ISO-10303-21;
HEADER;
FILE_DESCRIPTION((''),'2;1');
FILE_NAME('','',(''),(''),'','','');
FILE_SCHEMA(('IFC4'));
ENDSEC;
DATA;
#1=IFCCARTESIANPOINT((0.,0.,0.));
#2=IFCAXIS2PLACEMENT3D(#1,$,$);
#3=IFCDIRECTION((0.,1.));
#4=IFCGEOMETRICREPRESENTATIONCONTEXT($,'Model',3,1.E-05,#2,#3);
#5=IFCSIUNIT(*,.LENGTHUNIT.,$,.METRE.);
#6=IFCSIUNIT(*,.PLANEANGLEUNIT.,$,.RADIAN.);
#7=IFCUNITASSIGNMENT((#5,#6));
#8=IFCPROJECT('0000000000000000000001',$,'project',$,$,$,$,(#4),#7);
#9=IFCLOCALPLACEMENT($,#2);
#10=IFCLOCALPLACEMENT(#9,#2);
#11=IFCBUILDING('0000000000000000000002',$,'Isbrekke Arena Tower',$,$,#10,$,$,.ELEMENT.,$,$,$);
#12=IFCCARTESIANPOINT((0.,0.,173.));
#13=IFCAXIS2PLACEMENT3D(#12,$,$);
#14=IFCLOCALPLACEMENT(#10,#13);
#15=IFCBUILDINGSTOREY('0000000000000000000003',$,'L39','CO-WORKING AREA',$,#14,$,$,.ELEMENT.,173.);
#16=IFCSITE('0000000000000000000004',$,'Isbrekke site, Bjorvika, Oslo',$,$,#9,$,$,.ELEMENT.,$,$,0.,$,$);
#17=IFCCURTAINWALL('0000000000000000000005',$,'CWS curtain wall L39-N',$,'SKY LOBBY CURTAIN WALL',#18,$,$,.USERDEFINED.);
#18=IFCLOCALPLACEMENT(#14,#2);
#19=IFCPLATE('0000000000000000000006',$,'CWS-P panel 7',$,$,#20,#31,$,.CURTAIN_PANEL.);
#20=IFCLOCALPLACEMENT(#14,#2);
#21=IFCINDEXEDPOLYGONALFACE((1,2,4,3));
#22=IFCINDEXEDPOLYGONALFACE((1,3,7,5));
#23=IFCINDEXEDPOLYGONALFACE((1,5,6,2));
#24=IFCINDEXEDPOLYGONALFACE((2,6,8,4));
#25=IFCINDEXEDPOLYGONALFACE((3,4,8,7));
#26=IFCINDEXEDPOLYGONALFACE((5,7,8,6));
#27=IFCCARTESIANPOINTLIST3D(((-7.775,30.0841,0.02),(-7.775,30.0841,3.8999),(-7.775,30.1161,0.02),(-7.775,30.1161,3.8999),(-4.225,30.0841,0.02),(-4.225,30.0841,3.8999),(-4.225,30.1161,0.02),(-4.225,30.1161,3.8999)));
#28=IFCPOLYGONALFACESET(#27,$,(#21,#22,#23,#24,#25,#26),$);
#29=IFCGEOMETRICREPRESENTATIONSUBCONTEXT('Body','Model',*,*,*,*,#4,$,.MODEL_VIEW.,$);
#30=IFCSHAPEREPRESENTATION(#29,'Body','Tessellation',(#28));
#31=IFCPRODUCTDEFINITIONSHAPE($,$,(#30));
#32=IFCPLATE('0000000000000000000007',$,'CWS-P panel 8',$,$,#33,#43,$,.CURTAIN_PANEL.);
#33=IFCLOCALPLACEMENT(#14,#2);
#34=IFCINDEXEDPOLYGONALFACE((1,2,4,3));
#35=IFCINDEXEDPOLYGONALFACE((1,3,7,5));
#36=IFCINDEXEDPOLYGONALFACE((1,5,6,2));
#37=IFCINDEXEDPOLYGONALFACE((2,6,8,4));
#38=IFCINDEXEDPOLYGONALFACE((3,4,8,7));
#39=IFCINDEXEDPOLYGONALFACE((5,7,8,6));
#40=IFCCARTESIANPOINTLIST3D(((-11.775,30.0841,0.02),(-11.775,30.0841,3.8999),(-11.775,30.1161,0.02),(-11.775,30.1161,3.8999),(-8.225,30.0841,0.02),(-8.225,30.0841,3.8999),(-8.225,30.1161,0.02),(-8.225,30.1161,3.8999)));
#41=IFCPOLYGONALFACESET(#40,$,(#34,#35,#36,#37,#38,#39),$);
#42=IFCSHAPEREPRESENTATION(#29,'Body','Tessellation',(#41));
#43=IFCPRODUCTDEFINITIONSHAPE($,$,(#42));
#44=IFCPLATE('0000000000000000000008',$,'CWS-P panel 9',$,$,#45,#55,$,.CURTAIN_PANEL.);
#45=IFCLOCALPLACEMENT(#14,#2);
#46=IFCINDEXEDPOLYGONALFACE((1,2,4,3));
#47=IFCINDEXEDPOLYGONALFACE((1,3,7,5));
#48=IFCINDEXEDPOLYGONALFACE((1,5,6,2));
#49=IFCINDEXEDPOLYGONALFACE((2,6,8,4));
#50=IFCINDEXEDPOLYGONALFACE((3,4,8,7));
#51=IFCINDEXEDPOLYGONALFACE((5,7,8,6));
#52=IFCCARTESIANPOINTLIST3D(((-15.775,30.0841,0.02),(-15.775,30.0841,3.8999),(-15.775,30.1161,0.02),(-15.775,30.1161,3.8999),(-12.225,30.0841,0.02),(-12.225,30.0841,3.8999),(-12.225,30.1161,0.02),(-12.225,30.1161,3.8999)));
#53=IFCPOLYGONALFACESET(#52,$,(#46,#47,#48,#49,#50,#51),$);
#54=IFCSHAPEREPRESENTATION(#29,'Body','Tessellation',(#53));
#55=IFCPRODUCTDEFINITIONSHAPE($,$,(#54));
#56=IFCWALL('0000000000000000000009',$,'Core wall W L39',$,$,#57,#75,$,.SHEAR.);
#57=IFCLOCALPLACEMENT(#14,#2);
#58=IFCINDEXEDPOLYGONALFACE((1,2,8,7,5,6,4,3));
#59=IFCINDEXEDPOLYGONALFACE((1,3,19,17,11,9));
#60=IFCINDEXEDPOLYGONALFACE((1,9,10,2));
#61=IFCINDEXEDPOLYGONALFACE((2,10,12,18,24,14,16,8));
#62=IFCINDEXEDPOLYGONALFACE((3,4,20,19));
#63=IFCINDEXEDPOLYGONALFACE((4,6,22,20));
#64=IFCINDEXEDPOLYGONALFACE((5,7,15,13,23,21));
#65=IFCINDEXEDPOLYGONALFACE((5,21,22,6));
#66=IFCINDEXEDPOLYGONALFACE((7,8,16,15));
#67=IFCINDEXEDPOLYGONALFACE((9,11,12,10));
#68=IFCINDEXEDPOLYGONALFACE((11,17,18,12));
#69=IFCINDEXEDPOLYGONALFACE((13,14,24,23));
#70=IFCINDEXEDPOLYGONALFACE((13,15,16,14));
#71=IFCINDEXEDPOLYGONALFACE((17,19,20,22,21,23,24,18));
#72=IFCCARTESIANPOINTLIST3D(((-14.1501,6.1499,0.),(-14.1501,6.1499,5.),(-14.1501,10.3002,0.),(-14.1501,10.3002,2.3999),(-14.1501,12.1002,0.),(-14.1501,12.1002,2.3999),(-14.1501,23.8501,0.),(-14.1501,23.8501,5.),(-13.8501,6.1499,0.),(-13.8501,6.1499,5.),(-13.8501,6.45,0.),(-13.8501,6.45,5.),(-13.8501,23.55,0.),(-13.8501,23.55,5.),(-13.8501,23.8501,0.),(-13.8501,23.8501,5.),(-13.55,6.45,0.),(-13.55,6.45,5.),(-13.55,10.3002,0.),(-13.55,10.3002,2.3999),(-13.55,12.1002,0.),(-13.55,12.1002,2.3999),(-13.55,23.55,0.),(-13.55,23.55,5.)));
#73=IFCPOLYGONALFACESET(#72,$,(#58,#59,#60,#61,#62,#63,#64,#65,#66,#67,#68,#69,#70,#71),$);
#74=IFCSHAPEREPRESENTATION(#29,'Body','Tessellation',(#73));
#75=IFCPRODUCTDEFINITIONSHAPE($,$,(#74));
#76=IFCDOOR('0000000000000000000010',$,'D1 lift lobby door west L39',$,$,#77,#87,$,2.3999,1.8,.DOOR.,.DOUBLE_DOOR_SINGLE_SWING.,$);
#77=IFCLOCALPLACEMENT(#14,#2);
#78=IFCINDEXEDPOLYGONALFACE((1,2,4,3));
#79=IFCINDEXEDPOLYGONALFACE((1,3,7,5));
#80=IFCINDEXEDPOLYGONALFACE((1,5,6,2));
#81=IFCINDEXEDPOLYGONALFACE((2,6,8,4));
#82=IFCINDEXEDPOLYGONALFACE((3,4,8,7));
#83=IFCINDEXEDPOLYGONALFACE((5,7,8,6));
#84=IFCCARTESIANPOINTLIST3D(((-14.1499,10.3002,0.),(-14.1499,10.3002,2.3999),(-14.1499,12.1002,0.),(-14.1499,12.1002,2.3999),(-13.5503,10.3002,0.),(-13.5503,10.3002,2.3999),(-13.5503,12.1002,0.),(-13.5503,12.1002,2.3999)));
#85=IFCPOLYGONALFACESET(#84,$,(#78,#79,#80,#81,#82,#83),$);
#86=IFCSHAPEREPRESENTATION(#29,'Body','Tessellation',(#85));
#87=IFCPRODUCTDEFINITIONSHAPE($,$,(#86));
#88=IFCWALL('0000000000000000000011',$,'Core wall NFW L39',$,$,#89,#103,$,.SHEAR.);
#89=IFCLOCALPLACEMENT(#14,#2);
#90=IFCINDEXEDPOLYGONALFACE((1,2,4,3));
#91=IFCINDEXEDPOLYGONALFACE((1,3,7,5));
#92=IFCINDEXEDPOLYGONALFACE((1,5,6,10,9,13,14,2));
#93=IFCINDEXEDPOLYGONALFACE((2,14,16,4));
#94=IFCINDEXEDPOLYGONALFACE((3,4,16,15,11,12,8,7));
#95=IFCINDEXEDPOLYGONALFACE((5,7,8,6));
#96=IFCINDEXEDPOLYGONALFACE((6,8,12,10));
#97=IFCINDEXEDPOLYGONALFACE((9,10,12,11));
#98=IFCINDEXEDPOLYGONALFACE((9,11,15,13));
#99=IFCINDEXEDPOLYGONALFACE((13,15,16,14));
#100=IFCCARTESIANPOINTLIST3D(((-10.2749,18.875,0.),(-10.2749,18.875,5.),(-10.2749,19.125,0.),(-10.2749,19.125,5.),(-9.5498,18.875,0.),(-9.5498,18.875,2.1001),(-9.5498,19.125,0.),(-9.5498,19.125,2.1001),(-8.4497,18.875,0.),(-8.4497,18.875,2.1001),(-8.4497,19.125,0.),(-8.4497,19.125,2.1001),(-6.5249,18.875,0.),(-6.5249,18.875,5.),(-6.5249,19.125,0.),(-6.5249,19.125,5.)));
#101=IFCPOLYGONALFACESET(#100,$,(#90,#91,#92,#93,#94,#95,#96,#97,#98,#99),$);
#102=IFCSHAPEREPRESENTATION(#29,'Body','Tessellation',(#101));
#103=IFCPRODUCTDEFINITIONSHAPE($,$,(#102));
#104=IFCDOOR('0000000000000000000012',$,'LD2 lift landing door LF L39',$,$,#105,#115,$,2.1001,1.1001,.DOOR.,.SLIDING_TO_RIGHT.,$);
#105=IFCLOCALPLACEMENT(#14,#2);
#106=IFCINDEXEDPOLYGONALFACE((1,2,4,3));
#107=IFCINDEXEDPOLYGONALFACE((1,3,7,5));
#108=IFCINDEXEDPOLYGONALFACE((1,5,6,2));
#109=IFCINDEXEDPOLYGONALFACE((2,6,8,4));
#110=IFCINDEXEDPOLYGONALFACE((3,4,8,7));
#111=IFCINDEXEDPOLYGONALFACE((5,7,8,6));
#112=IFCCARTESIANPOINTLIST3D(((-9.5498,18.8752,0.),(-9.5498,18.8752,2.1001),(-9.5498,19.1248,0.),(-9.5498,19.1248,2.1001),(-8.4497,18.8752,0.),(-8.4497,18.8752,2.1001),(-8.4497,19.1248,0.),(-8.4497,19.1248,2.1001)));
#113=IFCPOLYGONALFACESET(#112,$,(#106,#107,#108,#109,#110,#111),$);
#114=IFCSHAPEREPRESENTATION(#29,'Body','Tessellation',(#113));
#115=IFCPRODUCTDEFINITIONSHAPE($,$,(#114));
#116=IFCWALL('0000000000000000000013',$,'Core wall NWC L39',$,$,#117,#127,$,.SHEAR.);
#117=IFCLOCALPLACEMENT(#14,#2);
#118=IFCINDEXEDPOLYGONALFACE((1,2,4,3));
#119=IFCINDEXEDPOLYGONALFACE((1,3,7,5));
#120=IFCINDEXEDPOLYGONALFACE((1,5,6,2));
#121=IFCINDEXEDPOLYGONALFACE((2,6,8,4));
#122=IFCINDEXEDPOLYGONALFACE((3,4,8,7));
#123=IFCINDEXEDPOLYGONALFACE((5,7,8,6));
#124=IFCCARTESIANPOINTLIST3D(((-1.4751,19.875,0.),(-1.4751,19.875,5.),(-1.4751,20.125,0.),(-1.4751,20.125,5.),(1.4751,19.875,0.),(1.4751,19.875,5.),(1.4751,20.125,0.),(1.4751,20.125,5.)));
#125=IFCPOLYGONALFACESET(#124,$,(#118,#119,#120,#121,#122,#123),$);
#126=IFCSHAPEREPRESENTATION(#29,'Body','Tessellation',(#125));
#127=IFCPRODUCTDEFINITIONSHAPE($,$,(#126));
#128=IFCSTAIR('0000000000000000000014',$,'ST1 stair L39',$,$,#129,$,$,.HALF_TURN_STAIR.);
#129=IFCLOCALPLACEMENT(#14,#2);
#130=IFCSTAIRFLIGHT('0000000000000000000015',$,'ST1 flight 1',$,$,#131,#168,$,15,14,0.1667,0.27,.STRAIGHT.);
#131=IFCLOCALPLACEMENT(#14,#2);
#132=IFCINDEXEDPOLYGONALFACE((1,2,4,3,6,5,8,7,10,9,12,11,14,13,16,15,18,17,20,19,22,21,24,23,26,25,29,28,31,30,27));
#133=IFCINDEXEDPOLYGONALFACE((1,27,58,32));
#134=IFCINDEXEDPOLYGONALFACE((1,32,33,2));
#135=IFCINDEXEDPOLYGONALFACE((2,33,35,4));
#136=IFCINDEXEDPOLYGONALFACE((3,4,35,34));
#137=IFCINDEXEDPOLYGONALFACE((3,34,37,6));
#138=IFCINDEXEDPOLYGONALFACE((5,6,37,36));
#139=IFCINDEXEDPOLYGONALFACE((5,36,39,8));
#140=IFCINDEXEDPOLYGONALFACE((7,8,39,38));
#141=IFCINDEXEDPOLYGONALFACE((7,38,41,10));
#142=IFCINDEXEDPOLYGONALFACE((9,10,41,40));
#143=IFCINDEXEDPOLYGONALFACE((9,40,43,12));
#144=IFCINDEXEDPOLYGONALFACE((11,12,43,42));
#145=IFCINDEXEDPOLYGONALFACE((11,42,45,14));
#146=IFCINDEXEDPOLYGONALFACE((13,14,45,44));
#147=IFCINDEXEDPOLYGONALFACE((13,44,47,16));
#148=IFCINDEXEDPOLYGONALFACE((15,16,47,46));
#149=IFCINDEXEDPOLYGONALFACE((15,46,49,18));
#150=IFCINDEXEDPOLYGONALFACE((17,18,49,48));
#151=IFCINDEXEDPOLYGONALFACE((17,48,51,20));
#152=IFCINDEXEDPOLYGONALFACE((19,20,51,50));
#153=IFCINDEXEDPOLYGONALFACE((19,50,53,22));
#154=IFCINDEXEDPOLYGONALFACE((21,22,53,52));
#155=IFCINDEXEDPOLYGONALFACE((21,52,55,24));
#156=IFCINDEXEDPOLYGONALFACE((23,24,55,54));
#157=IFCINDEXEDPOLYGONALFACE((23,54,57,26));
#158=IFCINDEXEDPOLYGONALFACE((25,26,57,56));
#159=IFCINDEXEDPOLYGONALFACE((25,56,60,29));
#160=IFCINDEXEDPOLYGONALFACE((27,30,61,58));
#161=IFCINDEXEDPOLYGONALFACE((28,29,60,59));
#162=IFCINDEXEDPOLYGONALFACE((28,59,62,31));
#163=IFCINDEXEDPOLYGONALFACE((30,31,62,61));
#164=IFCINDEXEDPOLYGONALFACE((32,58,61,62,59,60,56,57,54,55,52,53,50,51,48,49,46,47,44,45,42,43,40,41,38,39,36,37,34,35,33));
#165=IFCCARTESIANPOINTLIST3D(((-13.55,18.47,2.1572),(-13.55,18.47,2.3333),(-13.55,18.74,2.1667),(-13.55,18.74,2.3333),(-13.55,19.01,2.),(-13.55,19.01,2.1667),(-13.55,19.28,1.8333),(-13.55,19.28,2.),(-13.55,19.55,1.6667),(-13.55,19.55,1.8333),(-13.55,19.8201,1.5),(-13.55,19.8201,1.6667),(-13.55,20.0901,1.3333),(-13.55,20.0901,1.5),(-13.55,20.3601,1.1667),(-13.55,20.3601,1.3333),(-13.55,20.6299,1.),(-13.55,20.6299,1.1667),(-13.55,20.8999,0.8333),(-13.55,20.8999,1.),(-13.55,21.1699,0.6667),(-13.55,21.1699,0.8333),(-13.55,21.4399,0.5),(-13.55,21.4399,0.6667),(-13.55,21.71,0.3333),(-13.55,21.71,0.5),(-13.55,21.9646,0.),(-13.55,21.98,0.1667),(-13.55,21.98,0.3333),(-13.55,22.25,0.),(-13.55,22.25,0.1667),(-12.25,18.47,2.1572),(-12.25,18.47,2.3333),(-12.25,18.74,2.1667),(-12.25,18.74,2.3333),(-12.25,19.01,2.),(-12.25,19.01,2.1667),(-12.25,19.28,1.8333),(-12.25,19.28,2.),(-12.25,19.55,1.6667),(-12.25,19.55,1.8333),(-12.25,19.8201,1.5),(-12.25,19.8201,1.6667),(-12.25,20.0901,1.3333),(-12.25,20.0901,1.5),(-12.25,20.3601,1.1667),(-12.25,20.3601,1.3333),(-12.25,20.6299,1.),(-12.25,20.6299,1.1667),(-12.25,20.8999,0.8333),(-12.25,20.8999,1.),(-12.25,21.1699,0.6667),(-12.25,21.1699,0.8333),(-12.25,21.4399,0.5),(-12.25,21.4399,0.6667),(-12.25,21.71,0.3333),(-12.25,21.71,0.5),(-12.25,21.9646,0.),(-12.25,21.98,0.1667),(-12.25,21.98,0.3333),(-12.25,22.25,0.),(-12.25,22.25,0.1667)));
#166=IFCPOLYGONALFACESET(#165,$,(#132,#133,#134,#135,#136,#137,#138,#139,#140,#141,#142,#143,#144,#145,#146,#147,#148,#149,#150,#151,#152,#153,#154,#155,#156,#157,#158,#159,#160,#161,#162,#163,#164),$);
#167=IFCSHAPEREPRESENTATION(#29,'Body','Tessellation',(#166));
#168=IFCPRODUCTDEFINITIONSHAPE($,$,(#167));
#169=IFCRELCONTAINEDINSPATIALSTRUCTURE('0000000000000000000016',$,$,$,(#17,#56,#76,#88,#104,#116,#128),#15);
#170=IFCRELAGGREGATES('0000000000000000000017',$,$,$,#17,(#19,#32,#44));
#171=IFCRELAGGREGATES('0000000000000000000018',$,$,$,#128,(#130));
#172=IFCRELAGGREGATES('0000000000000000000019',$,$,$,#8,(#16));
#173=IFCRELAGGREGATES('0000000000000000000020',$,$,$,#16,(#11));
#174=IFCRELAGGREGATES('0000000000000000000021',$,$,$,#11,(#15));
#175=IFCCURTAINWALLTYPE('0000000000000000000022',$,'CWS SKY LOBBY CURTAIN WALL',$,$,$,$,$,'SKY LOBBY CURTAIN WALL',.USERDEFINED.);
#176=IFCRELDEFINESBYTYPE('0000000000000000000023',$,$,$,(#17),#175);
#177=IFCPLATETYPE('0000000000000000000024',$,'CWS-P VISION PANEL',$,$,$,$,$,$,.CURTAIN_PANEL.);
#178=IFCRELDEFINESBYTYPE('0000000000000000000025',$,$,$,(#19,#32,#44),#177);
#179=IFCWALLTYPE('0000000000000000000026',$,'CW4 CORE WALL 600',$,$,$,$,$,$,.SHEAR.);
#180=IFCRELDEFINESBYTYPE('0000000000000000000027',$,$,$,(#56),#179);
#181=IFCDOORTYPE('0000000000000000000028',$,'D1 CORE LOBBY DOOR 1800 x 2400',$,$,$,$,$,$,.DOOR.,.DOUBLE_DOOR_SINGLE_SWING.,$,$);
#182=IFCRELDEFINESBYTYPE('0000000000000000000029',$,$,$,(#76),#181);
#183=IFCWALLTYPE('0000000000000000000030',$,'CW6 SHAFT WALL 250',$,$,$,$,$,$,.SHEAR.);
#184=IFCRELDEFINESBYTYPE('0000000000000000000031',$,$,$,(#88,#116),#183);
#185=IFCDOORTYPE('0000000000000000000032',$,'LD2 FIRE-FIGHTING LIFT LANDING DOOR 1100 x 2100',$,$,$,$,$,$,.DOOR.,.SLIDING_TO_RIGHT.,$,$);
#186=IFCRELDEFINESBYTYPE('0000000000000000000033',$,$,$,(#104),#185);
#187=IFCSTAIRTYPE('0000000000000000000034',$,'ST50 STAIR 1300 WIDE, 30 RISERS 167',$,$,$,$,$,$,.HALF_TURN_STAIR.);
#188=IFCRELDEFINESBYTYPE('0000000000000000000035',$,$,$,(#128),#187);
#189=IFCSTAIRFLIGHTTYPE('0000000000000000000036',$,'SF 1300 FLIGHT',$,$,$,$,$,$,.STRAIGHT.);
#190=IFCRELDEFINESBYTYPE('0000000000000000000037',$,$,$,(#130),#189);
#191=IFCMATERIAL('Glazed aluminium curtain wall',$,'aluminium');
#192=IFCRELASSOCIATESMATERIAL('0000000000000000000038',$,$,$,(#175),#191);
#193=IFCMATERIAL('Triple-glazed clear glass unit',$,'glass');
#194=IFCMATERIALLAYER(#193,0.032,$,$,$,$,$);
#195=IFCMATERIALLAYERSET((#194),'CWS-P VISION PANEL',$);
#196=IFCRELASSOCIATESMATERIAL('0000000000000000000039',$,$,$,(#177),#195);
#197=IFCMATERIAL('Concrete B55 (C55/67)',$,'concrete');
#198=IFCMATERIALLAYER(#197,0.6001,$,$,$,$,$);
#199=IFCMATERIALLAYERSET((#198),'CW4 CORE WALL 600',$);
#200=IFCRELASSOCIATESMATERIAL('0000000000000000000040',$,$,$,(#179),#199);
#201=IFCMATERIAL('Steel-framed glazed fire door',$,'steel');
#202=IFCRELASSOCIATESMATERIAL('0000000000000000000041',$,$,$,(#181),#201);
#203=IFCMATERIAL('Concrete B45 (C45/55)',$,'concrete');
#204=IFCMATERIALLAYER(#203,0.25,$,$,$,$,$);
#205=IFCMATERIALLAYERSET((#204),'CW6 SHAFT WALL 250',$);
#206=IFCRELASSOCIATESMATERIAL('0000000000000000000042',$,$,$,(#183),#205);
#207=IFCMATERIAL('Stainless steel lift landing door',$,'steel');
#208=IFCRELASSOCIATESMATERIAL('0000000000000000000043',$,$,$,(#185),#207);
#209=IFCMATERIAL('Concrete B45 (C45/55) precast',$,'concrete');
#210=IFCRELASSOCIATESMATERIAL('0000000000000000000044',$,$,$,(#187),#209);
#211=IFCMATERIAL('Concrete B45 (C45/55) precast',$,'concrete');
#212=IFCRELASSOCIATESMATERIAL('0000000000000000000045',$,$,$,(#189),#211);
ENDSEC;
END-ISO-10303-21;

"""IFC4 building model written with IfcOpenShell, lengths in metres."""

from ifc_helpers import new_model, si_unit, direction, frame, frame_2d, origin, origin_2d, place, context, subcontext, project, spatial, polyline, rectangle, outline, extrude, material, layer, layer_set, type_object, element, fill, aggregate, save


model = new_model("IFC4")

# Units and contexts
model_context = context("Model", 3, precision=1e-05, world=origin(), true_north=direction((0.0, 1.0)))
body_context = subcontext(model_context, "Body", "Model", "MODEL_VIEW")
ifc_project = project(units=[si_unit("LENGTHUNIT", "METRE"), si_unit("PLANEANGLEUNIT", "RADIAN")], contexts=[model_context])

# Site, building, storey
site_placement = place(None, origin())
site = spatial("IfcSite", under=ifc_project, at=site_placement, Name="Isbrekke site, Bjorvika, Oslo", CompositionType="ELEMENT", RefElevation=0.0)
building_placement = place(site_placement, origin())
building = spatial("IfcBuilding", under=site, at=building_placement, Name="Isbrekke Arena Tower", CompositionType="ELEMENT")
storey_placement = place(building_placement, frame((0.0, 0.0, 173.0)))
storey = spatial("IfcBuildingStorey", under=building, at=storey_placement, Name="L39", Description="CO-WORKING AREA", CompositionType="ELEMENT", Elevation=173.0)

# Curtain wall
ifc_material_1 = material(Name="Glazed aluminium curtain wall", Category="aluminium")
curtain_wall_type = type_object("IfcCurtainWallType", Name="CWS SKY LOBBY CURTAIN WALL", ElementType="SKY LOBBY CURTAIN WALL", PredefinedType="USERDEFINED", material=ifc_material_1)
curtain_wall_placement = place(storey_placement, origin())
curtain_wall = element("IfcCurtainWall", 1, at=curtain_wall_placement, inside=storey, type_object=curtain_wall_type, Name="CWS curtain wall L39-N", ObjectType="SKY LOBBY CURTAIN WALL", PredefinedType="USERDEFINED")

# Plates
ifc_material_2 = material(Name="Triple-glazed clear glass unit", Category="glass")
ifc_layer_1 = layer(ifc_material_2, 0.032)
ifc_layer_set_1 = layer_set([ifc_layer_1], Name="CWS-P VISION PANEL")
plate_type = type_object("IfcPlateType", Name="CWS-P VISION PANEL", PredefinedType="CURTAIN_PANEL", material=ifc_layer_set_1)
plate_1_placement = place(storey_placement, frame((-6.0, 30.1001, 0.02), z_axis=(0.0, 0.0, 1.0), x_axis=(-1.0, 0.0, 0.0)))
plate_1 = element("IfcPlate", 2, at=plate_1_placement, type_object=plate_type, Name="CWS-P panel 7", PredefinedType="CURTAIN_PANEL", context=body_context, shape_type="SweptSolid", body=[
    extrude(rectangle(XDim=3.55, YDim=0.032, at=origin_2d()), origin(), (0.0, 0.0, 1.0), 3.8799),
])
plate_2_placement = place(storey_placement, frame((-10.0, 30.1001, 0.02), z_axis=(0.0, 0.0, 1.0), x_axis=(-1.0, 0.0, 0.0)))
plate_2 = element("IfcPlate", 3, at=plate_2_placement, type_object=plate_type, Name="CWS-P panel 8", PredefinedType="CURTAIN_PANEL", context=body_context, shape_type="SweptSolid", body=[
    extrude(rectangle(XDim=3.55, YDim=0.032, at=origin_2d()), origin(), (0.0, 0.0, 1.0), 3.8799),
])
plate_3_placement = place(storey_placement, frame((-14.0, 30.1001, 0.02), z_axis=(0.0, 0.0, 1.0), x_axis=(-1.0, 0.0, 0.0)))
plate_3 = element("IfcPlate", 4, at=plate_3_placement, type_object=plate_type, Name="CWS-P panel 9", PredefinedType="CURTAIN_PANEL", context=body_context, shape_type="SweptSolid", body=[
    extrude(rectangle(XDim=3.55, YDim=0.032, at=origin_2d()), origin(), (0.0, 0.0, 1.0), 3.8799),
])
aggregate(curtain_wall, [plate_1, plate_2, plate_3])

# Walls, openings, doors
ifc_material_3 = material(Name="Concrete B55 (C55/67)", Category="concrete")
ifc_layer_2 = layer(ifc_material_3, 0.6001)
ifc_layer_set_2 = layer_set([ifc_layer_2], Name="CW4 CORE WALL 600")
wall_type_1 = type_object("IfcWallType", Name="CW4 CORE WALL 600", PredefinedType="SHEAR", material=ifc_layer_set_2)
wall_1_placement = place(storey_placement, frame((-13.8501, 23.8501, 0.0), z_axis=(0.0, 0.0, 1.0), x_axis=(0.0, -1.0, 0.0)))
wall_1 = element("IfcWall", 5, at=wall_1_placement, inside=storey, type_object=wall_type_1, Name="Core wall W L39", PredefinedType="SHEAR", context=body_context, shape_type="SweptSolid", body=[
    extrude(outline(polyline([(0.0, -0.3), (17.7002, -0.3), (17.7002, 0.0), (17.4001, 0.0), (17.4001, 0.3), (0.3, 0.3), (0.3, 0.0), (0.0, 0.0), (0.0, -0.3)])), origin(), (0.0, 0.0, 1.0), 5.0),
])
opening_1_placement = place(wall_1_placement, frame((11.75, 0.0, 0.0)))
opening_1 = element("IfcOpeningElement", 6, at=opening_1_placement, cuts=wall_1, PredefinedType="OPENING", context=body_context, shape_type="SweptSolid", body=[
    extrude(rectangle(XDim=1.8, YDim=2.3999, at=frame_2d((0.8999, 1.2))), frame((0.0, 0.3149, 0.0), z_axis=(0.0, -1.0, 0.0), x_axis=(1.0, 0.0, 0.0)), (0.0, 0.0, 1.0), 0.6299),
])
ifc_material_4 = material(Name="Steel-framed glazed fire door", Category="steel")
door_type_1 = type_object("IfcDoorType", Name="D1 CORE LOBBY DOOR 1800 x 2400", OperationType="DOUBLE_DOOR_SINGLE_SWING", PredefinedType="DOOR", material=ifc_material_4)
door_1_placement = place(opening_1_placement, origin())
door_1 = element("IfcDoor", 7, at=door_1_placement, inside=storey, type_object=door_type_1, Name="D1 lift lobby door west L39", OperationType="DOUBLE_DOOR_SINGLE_SWING", OverallHeight=2.3999, OverallWidth=1.8, PredefinedType="DOOR", context=body_context, shape_type="SweptSolid", body=[
    extrude(rectangle(XDim=1.8, YDim=2.3999, at=frame_2d((0.8999, 1.2))), frame((0.0, 0.2998, 0.0), z_axis=(0.0, -1.0, 0.0), x_axis=(1.0, 0.0, 0.0)), (0.0, 0.0, 1.0), 0.5996),
])
fill(opening_1, door_1)
ifc_material_5 = material(Name="Concrete B45 (C45/55)", Category="concrete")
ifc_layer_3 = layer(ifc_material_5, 0.25)
ifc_layer_set_3 = layer_set([ifc_layer_3], Name="CW6 SHAFT WALL 250")
wall_type_2 = type_object("IfcWallType", Name="CW6 SHAFT WALL 250", PredefinedType="SHEAR", material=ifc_layer_set_3)
wall_2_placement = place(storey_placement, frame((-10.2749, 19.0, 0.0), z_axis=(0.0, 0.0, 1.0), x_axis=(1.0, 0.0, 0.0)))
wall_2 = element("IfcWall", 8, at=wall_2_placement, inside=storey, type_object=wall_type_2, Name="Core wall NFW L39", PredefinedType="SHEAR", context=body_context, shape_type="SweptSolid", body=[
    extrude(rectangle(XDim=3.75, YDim=0.25, at=frame_2d((1.875, 0.0))), origin(), (0.0, 0.0, 1.0), 5.0),
])
opening_2_placement = place(wall_2_placement, frame((0.7251, 0.0, 0.0)))
opening_2 = element("IfcOpeningElement", 9, at=opening_2_placement, cuts=wall_2, PredefinedType="OPENING", context=body_context, shape_type="SweptSolid", body=[
    extrude(rectangle(XDim=1.1001, YDim=2.1001, at=frame_2d((0.55, 1.05))), frame((0.0, 0.1399, 0.0), z_axis=(0.0, -1.0, 0.0), x_axis=(1.0, 0.0, 0.0)), (0.0, 0.0, 1.0), 0.2798),
])
ifc_material_6 = material(Name="Stainless steel lift landing door", Category="steel")
door_type_2 = type_object("IfcDoorType", Name="LD2 FIRE-FIGHTING LIFT LANDING DOOR 1100 x 2100", OperationType="SLIDING_TO_RIGHT", PredefinedType="DOOR", material=ifc_material_6)
door_2_placement = place(opening_2_placement, origin())
door_2 = element("IfcDoor", 10, at=door_2_placement, inside=storey, type_object=door_type_2, Name="LD2 lift landing door LF L39", OperationType="SLIDING_TO_RIGHT", OverallHeight=2.1001, OverallWidth=1.1001, PredefinedType="DOOR", context=body_context, shape_type="SweptSolid", body=[
    extrude(rectangle(XDim=1.1001, YDim=2.1001, at=frame_2d((0.55, 1.05))), frame((0.0, 0.1248, 0.0), z_axis=(0.0, -1.0, 0.0), x_axis=(1.0, 0.0, 0.0)), (0.0, 0.0, 1.0), 0.2495),
])
fill(opening_2, door_2)

# Wall
wall_3_placement = place(storey_placement, frame((-1.4751, 20.0, 0.0), z_axis=(0.0, 0.0, 1.0), x_axis=(1.0, 0.0, 0.0)))
element("IfcWall", 11, at=wall_3_placement, inside=storey, type_object=wall_type_2, Name="Core wall NWC L39", PredefinedType="SHEAR", context=body_context, shape_type="SweptSolid", body=[
    extrude(rectangle(XDim=2.9502, YDim=0.25, at=frame_2d((1.4751, 0.0))), origin(), (0.0, 0.0, 1.0), 5.0),
])

# Stair, stair flight
ifc_material_7 = material(Name="Concrete B45 (C45/55) precast", Category="concrete")
stair_type = type_object("IfcStairType", Name="ST50 STAIR 1300 WIDE, 30 RISERS 167", PredefinedType="HALF_TURN_STAIR", material=ifc_material_7)
stair_placement = place(storey_placement, origin())
stair = element("IfcStair", 12, at=stair_placement, inside=storey, type_object=stair_type, Name="ST1 stair L39", PredefinedType="HALF_TURN_STAIR")
ifc_material_8 = material(Name="Concrete B45 (C45/55) precast", Category="concrete")
stair_flight_type = type_object("IfcStairFlightType", Name="SF 1300 FLIGHT", PredefinedType="STRAIGHT", material=ifc_material_8)
stair_flight_placement = place(storey_placement, frame((-12.8999, 22.25, 0.0), z_axis=(0.0, 0.0, 1.0), x_axis=(0.0, -1.0, 0.0)))
stair_flight = element("IfcStairFlight", 13, at=stair_flight_placement, type_object=stair_flight_type, Name="ST1 flight 1", NumberOfRisers=15, NumberOfTreads=14, PredefinedType="STRAIGHT", RiserHeight=0.1667, TreadLength=0.27, context=body_context, shape_type="SweptSolid", body=[
    extrude(outline(polyline([(0.0, 0.0), (0.0, 0.1667), (0.27, 0.1667), (0.27, 0.3333), (0.54, 0.3333), (0.54, 0.5), (0.8101, 0.5), (0.8101, 0.6667), (1.0801, 0.6667), (1.0801, 0.8333), (1.3501, 0.8333), (1.3501, 1.0), (1.6201, 1.0), (1.6201, 1.1667), (1.8899, 1.1667), (1.8899, 1.3333), (2.1599, 1.3333), (2.1599, 1.5), (2.4299, 1.5), (2.4299, 1.6667), (2.7, 1.6667), (2.7, 1.8333), (2.97, 1.8333), (2.97, 2.0), (3.24, 2.0), (3.24, 2.1667), (3.51, 2.1667), (3.51, 2.3333), (3.78, 2.3333), (3.78, 2.5), (3.78, 2.1572), (0.2854, 0.0), (0.0, 0.0)])), frame((0.0, 0.6499, 0.0), z_axis=(0.0, -1.0, 0.0), x_axis=(1.0, 0.0, 0.0)), (0.0, 0.0, 1.0), 1.3),
])
aggregate(stair, [stair_flight])

save(model, "model.ifc")
